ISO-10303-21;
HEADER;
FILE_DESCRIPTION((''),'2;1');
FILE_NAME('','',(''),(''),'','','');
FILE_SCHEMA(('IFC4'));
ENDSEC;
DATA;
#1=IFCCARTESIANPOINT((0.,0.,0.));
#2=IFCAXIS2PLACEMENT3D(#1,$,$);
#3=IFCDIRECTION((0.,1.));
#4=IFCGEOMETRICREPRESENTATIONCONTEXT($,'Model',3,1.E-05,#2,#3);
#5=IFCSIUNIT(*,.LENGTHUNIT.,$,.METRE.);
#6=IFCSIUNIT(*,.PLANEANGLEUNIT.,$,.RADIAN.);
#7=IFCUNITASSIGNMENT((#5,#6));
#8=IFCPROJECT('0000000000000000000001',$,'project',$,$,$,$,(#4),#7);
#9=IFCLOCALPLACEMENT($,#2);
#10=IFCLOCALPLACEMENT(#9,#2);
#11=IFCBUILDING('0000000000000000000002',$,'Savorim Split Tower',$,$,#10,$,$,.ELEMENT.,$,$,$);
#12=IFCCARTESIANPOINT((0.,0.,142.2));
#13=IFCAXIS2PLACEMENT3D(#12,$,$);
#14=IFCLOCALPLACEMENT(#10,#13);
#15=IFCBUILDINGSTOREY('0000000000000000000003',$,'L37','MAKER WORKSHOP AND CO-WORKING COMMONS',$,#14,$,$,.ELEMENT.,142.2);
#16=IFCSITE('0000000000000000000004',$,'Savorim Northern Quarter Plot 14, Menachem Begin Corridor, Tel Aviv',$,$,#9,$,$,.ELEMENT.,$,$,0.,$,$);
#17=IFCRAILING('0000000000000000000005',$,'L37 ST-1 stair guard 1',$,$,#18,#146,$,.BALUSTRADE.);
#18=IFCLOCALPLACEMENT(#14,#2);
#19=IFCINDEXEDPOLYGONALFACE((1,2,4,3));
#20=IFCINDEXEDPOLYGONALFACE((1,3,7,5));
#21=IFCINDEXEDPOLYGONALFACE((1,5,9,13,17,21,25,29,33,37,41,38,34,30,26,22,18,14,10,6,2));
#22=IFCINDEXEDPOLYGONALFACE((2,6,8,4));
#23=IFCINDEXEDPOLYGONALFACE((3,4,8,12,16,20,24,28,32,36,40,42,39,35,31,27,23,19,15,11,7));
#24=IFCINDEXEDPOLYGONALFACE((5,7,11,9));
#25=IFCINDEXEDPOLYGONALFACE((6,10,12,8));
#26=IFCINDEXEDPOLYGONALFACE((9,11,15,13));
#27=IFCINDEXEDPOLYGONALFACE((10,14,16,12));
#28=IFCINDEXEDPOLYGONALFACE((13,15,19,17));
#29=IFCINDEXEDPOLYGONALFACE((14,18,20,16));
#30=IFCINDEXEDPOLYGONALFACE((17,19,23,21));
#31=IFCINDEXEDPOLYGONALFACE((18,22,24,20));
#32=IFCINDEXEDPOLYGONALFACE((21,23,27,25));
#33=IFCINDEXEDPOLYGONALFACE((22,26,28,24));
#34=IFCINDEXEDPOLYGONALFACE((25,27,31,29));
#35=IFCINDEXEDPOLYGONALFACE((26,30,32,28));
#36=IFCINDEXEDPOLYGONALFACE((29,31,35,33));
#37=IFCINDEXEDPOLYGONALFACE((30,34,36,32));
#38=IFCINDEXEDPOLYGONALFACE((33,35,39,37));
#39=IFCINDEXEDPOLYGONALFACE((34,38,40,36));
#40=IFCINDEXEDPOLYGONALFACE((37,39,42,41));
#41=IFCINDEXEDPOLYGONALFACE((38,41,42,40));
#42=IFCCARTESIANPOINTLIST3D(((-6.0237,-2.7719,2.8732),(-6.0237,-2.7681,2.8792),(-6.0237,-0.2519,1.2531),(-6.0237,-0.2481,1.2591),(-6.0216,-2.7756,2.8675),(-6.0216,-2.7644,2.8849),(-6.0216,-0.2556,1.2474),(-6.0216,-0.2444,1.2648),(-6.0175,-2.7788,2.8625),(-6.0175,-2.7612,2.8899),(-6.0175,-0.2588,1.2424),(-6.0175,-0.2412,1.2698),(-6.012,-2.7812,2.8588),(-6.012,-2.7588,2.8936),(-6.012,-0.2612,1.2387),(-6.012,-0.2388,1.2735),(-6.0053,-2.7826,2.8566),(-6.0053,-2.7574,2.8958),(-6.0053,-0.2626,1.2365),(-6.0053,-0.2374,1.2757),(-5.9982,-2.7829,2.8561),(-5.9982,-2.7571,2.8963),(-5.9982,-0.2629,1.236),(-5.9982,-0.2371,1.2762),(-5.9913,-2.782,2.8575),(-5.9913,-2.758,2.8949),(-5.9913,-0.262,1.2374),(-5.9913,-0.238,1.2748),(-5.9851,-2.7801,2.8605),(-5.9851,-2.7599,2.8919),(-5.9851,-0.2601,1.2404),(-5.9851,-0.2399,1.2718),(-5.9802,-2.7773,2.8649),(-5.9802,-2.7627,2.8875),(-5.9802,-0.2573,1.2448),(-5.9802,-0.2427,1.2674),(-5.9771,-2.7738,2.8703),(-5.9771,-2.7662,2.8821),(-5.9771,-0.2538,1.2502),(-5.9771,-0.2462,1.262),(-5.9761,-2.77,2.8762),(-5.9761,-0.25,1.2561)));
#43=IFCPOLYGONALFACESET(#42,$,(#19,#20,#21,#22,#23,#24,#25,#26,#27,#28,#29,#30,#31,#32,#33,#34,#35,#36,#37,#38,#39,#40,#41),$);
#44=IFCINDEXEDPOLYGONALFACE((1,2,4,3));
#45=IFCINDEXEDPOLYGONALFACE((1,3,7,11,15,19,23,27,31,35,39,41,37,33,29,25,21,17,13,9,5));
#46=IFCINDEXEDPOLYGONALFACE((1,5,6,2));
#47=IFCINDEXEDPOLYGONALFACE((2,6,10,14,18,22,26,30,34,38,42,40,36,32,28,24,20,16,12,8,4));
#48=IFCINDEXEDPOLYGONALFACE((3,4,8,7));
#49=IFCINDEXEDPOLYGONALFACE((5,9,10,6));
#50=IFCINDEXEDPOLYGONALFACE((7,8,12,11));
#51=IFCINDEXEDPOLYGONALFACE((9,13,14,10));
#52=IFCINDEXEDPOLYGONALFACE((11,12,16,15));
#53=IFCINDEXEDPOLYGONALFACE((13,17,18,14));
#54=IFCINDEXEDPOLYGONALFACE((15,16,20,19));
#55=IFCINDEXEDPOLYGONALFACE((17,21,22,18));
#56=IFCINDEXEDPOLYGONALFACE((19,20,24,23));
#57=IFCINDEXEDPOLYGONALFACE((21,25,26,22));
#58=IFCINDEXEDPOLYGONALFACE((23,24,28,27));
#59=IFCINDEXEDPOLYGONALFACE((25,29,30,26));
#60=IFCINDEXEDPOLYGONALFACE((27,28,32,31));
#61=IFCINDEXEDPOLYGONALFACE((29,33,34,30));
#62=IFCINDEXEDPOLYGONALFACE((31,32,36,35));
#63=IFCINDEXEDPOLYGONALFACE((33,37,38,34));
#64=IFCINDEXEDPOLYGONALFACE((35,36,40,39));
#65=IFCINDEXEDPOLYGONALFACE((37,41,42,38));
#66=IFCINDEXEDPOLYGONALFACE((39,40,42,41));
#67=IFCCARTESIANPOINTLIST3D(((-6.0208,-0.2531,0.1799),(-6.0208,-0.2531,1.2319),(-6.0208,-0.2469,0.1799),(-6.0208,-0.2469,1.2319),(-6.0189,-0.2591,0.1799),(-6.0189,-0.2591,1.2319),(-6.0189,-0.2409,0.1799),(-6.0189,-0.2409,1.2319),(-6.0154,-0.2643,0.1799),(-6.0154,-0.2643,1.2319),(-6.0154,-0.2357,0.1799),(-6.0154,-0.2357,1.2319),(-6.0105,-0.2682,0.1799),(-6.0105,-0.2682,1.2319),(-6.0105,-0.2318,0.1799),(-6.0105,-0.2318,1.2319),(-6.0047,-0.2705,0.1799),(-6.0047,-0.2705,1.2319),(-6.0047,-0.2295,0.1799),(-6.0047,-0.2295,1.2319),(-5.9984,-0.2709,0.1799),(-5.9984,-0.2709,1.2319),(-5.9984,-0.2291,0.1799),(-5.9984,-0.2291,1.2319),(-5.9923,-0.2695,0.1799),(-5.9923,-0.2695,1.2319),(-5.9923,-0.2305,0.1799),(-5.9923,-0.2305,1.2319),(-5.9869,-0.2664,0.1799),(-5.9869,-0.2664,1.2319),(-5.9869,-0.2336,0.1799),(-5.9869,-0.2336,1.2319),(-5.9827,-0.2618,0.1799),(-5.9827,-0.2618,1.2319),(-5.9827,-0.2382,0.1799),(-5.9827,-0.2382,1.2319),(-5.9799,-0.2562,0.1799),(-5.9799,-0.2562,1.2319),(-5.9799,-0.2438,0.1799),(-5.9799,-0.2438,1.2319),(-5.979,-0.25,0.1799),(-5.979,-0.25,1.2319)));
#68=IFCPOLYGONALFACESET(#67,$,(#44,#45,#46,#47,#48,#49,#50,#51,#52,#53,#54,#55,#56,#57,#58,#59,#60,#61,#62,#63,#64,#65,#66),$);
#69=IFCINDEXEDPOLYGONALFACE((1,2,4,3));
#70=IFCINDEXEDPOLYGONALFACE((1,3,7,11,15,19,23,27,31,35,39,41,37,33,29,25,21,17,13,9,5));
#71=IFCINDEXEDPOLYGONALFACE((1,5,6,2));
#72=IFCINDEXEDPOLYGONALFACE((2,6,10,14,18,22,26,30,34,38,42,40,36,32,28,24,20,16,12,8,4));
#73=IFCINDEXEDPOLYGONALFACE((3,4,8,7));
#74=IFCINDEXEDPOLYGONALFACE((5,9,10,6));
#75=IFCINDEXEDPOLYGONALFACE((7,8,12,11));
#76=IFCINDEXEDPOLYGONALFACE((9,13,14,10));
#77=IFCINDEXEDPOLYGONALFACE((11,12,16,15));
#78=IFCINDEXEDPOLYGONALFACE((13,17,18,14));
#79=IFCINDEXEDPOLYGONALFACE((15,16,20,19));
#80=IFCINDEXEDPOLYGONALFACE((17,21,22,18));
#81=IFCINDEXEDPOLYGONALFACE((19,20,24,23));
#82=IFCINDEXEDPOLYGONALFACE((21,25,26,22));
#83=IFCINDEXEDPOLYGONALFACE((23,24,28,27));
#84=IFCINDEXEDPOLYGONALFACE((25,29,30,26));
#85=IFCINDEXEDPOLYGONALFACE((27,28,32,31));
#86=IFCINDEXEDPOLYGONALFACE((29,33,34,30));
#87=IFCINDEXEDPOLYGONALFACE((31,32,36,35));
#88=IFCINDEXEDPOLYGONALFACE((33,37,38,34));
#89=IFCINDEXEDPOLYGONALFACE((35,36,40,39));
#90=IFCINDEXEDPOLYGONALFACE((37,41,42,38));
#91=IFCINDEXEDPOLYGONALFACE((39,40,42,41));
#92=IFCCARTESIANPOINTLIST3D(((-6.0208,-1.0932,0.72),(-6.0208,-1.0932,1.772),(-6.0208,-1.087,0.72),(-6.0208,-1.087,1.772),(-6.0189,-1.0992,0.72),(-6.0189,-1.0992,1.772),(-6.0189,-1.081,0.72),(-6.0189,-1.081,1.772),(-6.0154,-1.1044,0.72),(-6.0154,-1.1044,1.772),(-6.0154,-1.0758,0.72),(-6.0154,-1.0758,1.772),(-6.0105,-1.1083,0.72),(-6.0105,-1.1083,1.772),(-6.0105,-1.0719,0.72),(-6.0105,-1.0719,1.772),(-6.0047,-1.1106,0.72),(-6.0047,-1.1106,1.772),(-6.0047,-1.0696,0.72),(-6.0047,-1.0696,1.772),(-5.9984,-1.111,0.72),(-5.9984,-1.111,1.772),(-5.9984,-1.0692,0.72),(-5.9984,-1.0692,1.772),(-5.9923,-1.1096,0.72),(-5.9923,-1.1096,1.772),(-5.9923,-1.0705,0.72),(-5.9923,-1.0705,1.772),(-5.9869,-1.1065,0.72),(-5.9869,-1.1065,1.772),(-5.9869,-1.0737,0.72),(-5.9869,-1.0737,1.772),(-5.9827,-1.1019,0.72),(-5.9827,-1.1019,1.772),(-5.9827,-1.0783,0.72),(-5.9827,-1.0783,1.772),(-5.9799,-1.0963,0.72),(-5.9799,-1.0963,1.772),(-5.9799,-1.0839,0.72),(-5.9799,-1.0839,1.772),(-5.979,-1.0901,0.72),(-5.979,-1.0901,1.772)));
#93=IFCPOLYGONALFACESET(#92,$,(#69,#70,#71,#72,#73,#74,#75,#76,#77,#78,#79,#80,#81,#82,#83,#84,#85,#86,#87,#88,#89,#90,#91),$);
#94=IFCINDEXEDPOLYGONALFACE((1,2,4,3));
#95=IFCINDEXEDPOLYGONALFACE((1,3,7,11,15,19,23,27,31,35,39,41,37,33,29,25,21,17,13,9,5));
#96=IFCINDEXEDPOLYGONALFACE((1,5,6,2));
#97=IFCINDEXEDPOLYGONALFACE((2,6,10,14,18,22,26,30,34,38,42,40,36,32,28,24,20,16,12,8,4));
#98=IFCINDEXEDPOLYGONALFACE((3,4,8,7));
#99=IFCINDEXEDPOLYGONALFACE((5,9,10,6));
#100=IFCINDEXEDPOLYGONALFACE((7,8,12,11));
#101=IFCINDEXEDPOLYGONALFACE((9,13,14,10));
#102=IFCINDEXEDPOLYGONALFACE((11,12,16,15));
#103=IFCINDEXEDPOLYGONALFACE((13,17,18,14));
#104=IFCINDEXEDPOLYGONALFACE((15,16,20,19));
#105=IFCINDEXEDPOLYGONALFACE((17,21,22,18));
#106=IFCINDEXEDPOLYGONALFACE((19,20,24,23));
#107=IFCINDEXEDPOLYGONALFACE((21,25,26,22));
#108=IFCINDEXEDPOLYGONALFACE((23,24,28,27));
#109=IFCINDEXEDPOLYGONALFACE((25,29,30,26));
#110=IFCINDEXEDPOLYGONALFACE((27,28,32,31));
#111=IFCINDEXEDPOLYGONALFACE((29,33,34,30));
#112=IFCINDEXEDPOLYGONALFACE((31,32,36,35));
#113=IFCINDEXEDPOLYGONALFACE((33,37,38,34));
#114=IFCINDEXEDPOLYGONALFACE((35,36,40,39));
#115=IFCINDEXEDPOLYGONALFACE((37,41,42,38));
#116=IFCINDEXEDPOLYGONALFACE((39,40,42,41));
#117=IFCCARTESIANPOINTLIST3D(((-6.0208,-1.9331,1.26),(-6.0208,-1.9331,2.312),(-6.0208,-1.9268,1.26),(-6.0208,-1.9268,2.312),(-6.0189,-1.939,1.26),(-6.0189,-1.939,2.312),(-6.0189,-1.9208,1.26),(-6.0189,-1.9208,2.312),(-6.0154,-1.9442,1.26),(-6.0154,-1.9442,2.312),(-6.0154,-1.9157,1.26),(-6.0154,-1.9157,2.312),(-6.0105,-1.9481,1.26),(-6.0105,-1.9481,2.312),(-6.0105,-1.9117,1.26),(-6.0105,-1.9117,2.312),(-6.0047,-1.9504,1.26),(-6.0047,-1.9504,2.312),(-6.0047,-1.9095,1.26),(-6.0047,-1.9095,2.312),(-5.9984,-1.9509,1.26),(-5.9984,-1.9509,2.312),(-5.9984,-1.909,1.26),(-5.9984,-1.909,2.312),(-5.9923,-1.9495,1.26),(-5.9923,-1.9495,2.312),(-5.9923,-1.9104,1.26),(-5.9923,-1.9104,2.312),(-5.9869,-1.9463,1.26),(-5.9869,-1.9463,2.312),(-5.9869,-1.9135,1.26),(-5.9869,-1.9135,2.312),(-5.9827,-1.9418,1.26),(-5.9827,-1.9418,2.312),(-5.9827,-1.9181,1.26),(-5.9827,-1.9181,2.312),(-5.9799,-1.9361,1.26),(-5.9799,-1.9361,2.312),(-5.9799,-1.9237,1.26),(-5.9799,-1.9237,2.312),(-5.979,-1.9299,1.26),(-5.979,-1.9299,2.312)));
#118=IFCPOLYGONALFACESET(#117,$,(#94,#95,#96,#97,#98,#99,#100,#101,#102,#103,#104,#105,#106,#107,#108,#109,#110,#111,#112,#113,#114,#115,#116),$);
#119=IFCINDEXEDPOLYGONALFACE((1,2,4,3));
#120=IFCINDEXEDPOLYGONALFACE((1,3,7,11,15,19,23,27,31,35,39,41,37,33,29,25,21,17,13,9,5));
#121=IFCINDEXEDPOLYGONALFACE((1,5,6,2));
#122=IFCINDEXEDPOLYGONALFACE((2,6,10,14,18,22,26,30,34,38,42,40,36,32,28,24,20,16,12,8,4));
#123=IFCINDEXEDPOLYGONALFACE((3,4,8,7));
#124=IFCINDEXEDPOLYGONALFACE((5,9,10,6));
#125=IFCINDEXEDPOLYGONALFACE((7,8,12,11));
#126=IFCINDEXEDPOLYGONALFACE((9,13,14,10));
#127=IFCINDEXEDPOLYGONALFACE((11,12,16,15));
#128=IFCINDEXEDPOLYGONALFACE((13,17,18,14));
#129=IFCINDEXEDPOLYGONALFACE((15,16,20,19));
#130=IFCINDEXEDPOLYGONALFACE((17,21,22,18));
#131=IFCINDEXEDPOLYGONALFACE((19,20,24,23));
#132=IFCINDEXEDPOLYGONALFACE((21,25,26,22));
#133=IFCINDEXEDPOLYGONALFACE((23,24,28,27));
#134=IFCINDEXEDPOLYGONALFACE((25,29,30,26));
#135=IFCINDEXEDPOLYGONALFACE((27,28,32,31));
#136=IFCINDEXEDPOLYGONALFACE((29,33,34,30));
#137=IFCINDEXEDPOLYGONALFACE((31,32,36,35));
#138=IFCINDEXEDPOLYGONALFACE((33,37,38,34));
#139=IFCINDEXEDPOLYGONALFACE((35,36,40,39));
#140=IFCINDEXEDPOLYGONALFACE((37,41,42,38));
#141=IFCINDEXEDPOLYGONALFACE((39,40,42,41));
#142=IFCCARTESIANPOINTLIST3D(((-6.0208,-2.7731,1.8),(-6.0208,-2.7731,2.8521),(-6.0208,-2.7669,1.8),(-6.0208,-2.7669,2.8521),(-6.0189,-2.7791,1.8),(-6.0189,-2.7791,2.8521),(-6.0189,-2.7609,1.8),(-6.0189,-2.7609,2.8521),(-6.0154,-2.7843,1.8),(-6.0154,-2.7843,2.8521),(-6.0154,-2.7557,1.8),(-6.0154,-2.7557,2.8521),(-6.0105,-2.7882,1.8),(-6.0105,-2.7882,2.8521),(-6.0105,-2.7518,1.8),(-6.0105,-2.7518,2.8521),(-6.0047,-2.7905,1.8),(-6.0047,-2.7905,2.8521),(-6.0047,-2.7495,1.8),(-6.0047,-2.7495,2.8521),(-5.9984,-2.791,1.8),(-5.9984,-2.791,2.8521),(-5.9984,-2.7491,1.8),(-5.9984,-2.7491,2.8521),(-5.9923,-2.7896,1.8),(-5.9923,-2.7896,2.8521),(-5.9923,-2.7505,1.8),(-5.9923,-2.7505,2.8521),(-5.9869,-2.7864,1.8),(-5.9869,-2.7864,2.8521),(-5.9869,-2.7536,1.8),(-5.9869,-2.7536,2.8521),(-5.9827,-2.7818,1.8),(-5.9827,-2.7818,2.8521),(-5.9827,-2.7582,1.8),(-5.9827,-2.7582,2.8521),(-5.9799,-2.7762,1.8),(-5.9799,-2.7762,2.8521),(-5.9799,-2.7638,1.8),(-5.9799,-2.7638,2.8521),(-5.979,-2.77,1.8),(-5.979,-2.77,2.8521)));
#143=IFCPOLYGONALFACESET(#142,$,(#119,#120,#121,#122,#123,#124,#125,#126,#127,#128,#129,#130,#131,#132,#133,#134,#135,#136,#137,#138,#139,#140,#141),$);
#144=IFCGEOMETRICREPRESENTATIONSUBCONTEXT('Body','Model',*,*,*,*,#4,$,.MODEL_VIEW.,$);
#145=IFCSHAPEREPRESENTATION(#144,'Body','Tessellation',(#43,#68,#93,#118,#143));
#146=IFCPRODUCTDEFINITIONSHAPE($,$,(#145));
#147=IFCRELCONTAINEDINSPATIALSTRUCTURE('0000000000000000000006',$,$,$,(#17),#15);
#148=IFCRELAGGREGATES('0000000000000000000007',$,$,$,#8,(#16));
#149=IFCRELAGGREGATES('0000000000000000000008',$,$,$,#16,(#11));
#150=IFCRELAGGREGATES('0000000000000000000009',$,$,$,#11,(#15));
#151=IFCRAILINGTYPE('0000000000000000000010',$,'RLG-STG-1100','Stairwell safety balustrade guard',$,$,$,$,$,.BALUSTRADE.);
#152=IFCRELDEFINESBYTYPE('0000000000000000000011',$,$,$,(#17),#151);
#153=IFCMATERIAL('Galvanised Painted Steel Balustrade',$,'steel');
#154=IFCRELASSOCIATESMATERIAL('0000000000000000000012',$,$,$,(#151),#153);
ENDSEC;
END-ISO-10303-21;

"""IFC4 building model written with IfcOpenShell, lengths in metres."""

from ifc_helpers import new_model, si_unit, direction, frame, origin, origin_2d, place, context, subcontext, project, spatial, circle, extrude, material, type_object, element, save


model = new_model("IFC4")

# Units and contexts
model_context = context("Model", 3, precision=1e-05, world=origin(), true_north=direction((0.0, 1.0)))
body_context = subcontext(model_context, "Body", "Model", "MODEL_VIEW")
ifc_project = project(units=[si_unit("LENGTHUNIT", "METRE"), si_unit("PLANEANGLEUNIT", "RADIAN")], contexts=[model_context])

# Site, building, storey
site_placement = place(None, origin())
site = spatial("IfcSite", under=ifc_project, at=site_placement, Name="Savorim Northern Quarter Plot 14, Menachem Begin Corridor, Tel Aviv", CompositionType="ELEMENT", RefElevation=0.0)
building_placement = place(site_placement, origin())
building = spatial("IfcBuilding", under=site, at=building_placement, Name="Savorim Split Tower", CompositionType="ELEMENT")
storey_placement = place(building_placement, frame((0.0, 0.0, 142.2)))
storey = spatial("IfcBuildingStorey", under=building, at=storey_placement, Name="L37", Description="MAKER WORKSHOP AND CO-WORKING COMMONS", CompositionType="ELEMENT", Elevation=142.2)

# Railing
ifc_material_1 = material(Name="Galvanised Painted Steel Balustrade", Category="steel")
railing_type_1 = type_object("IfcRailingType", Name="RLG-STG-1100", Description="Stairwell safety balustrade guard", PredefinedType="BALUSTRADE", material=ifc_material_1)
railing_1_placement = place(storey_placement, frame((-6.0, -0.25, 0.1799)))
element("IfcRailing", 1, at=railing_1_placement, inside=storey, type_object=railing_type_1, Name="L37 ST-1 stair guard 1", PredefinedType="BALUSTRADE", context=body_context, shape_type="SweptSolid", body=[
    extrude(circle(Radius=0.0239, at=origin_2d()), frame((0.0, 0.0, 1.0762), z_axis=(0.0, -0.841163, 0.540782), x_axis=(1.0, 0.0, 0.0)), (0.0, 0.0, 1.0), 2.9958),
    extrude(circle(Radius=0.021, at=origin_2d()), origin(), (0.0, 0.0, 1.0), 1.052),
    extrude(circle(Radius=0.021, at=origin_2d()), frame((0.0, -0.8401, 0.54)), (0.0, 0.0, 1.0), 1.052),
    extrude(circle(Radius=0.021, at=origin_2d()), frame((0.0, -1.6799, 1.0801)), (0.0, 0.0, 1.0), 1.052),
    extrude(circle(Radius=0.021, at=origin_2d()), frame((0.0, -2.52, 1.6201)), (0.0, 0.0, 1.0), 1.052),
])

save(model, "model.ifc")
